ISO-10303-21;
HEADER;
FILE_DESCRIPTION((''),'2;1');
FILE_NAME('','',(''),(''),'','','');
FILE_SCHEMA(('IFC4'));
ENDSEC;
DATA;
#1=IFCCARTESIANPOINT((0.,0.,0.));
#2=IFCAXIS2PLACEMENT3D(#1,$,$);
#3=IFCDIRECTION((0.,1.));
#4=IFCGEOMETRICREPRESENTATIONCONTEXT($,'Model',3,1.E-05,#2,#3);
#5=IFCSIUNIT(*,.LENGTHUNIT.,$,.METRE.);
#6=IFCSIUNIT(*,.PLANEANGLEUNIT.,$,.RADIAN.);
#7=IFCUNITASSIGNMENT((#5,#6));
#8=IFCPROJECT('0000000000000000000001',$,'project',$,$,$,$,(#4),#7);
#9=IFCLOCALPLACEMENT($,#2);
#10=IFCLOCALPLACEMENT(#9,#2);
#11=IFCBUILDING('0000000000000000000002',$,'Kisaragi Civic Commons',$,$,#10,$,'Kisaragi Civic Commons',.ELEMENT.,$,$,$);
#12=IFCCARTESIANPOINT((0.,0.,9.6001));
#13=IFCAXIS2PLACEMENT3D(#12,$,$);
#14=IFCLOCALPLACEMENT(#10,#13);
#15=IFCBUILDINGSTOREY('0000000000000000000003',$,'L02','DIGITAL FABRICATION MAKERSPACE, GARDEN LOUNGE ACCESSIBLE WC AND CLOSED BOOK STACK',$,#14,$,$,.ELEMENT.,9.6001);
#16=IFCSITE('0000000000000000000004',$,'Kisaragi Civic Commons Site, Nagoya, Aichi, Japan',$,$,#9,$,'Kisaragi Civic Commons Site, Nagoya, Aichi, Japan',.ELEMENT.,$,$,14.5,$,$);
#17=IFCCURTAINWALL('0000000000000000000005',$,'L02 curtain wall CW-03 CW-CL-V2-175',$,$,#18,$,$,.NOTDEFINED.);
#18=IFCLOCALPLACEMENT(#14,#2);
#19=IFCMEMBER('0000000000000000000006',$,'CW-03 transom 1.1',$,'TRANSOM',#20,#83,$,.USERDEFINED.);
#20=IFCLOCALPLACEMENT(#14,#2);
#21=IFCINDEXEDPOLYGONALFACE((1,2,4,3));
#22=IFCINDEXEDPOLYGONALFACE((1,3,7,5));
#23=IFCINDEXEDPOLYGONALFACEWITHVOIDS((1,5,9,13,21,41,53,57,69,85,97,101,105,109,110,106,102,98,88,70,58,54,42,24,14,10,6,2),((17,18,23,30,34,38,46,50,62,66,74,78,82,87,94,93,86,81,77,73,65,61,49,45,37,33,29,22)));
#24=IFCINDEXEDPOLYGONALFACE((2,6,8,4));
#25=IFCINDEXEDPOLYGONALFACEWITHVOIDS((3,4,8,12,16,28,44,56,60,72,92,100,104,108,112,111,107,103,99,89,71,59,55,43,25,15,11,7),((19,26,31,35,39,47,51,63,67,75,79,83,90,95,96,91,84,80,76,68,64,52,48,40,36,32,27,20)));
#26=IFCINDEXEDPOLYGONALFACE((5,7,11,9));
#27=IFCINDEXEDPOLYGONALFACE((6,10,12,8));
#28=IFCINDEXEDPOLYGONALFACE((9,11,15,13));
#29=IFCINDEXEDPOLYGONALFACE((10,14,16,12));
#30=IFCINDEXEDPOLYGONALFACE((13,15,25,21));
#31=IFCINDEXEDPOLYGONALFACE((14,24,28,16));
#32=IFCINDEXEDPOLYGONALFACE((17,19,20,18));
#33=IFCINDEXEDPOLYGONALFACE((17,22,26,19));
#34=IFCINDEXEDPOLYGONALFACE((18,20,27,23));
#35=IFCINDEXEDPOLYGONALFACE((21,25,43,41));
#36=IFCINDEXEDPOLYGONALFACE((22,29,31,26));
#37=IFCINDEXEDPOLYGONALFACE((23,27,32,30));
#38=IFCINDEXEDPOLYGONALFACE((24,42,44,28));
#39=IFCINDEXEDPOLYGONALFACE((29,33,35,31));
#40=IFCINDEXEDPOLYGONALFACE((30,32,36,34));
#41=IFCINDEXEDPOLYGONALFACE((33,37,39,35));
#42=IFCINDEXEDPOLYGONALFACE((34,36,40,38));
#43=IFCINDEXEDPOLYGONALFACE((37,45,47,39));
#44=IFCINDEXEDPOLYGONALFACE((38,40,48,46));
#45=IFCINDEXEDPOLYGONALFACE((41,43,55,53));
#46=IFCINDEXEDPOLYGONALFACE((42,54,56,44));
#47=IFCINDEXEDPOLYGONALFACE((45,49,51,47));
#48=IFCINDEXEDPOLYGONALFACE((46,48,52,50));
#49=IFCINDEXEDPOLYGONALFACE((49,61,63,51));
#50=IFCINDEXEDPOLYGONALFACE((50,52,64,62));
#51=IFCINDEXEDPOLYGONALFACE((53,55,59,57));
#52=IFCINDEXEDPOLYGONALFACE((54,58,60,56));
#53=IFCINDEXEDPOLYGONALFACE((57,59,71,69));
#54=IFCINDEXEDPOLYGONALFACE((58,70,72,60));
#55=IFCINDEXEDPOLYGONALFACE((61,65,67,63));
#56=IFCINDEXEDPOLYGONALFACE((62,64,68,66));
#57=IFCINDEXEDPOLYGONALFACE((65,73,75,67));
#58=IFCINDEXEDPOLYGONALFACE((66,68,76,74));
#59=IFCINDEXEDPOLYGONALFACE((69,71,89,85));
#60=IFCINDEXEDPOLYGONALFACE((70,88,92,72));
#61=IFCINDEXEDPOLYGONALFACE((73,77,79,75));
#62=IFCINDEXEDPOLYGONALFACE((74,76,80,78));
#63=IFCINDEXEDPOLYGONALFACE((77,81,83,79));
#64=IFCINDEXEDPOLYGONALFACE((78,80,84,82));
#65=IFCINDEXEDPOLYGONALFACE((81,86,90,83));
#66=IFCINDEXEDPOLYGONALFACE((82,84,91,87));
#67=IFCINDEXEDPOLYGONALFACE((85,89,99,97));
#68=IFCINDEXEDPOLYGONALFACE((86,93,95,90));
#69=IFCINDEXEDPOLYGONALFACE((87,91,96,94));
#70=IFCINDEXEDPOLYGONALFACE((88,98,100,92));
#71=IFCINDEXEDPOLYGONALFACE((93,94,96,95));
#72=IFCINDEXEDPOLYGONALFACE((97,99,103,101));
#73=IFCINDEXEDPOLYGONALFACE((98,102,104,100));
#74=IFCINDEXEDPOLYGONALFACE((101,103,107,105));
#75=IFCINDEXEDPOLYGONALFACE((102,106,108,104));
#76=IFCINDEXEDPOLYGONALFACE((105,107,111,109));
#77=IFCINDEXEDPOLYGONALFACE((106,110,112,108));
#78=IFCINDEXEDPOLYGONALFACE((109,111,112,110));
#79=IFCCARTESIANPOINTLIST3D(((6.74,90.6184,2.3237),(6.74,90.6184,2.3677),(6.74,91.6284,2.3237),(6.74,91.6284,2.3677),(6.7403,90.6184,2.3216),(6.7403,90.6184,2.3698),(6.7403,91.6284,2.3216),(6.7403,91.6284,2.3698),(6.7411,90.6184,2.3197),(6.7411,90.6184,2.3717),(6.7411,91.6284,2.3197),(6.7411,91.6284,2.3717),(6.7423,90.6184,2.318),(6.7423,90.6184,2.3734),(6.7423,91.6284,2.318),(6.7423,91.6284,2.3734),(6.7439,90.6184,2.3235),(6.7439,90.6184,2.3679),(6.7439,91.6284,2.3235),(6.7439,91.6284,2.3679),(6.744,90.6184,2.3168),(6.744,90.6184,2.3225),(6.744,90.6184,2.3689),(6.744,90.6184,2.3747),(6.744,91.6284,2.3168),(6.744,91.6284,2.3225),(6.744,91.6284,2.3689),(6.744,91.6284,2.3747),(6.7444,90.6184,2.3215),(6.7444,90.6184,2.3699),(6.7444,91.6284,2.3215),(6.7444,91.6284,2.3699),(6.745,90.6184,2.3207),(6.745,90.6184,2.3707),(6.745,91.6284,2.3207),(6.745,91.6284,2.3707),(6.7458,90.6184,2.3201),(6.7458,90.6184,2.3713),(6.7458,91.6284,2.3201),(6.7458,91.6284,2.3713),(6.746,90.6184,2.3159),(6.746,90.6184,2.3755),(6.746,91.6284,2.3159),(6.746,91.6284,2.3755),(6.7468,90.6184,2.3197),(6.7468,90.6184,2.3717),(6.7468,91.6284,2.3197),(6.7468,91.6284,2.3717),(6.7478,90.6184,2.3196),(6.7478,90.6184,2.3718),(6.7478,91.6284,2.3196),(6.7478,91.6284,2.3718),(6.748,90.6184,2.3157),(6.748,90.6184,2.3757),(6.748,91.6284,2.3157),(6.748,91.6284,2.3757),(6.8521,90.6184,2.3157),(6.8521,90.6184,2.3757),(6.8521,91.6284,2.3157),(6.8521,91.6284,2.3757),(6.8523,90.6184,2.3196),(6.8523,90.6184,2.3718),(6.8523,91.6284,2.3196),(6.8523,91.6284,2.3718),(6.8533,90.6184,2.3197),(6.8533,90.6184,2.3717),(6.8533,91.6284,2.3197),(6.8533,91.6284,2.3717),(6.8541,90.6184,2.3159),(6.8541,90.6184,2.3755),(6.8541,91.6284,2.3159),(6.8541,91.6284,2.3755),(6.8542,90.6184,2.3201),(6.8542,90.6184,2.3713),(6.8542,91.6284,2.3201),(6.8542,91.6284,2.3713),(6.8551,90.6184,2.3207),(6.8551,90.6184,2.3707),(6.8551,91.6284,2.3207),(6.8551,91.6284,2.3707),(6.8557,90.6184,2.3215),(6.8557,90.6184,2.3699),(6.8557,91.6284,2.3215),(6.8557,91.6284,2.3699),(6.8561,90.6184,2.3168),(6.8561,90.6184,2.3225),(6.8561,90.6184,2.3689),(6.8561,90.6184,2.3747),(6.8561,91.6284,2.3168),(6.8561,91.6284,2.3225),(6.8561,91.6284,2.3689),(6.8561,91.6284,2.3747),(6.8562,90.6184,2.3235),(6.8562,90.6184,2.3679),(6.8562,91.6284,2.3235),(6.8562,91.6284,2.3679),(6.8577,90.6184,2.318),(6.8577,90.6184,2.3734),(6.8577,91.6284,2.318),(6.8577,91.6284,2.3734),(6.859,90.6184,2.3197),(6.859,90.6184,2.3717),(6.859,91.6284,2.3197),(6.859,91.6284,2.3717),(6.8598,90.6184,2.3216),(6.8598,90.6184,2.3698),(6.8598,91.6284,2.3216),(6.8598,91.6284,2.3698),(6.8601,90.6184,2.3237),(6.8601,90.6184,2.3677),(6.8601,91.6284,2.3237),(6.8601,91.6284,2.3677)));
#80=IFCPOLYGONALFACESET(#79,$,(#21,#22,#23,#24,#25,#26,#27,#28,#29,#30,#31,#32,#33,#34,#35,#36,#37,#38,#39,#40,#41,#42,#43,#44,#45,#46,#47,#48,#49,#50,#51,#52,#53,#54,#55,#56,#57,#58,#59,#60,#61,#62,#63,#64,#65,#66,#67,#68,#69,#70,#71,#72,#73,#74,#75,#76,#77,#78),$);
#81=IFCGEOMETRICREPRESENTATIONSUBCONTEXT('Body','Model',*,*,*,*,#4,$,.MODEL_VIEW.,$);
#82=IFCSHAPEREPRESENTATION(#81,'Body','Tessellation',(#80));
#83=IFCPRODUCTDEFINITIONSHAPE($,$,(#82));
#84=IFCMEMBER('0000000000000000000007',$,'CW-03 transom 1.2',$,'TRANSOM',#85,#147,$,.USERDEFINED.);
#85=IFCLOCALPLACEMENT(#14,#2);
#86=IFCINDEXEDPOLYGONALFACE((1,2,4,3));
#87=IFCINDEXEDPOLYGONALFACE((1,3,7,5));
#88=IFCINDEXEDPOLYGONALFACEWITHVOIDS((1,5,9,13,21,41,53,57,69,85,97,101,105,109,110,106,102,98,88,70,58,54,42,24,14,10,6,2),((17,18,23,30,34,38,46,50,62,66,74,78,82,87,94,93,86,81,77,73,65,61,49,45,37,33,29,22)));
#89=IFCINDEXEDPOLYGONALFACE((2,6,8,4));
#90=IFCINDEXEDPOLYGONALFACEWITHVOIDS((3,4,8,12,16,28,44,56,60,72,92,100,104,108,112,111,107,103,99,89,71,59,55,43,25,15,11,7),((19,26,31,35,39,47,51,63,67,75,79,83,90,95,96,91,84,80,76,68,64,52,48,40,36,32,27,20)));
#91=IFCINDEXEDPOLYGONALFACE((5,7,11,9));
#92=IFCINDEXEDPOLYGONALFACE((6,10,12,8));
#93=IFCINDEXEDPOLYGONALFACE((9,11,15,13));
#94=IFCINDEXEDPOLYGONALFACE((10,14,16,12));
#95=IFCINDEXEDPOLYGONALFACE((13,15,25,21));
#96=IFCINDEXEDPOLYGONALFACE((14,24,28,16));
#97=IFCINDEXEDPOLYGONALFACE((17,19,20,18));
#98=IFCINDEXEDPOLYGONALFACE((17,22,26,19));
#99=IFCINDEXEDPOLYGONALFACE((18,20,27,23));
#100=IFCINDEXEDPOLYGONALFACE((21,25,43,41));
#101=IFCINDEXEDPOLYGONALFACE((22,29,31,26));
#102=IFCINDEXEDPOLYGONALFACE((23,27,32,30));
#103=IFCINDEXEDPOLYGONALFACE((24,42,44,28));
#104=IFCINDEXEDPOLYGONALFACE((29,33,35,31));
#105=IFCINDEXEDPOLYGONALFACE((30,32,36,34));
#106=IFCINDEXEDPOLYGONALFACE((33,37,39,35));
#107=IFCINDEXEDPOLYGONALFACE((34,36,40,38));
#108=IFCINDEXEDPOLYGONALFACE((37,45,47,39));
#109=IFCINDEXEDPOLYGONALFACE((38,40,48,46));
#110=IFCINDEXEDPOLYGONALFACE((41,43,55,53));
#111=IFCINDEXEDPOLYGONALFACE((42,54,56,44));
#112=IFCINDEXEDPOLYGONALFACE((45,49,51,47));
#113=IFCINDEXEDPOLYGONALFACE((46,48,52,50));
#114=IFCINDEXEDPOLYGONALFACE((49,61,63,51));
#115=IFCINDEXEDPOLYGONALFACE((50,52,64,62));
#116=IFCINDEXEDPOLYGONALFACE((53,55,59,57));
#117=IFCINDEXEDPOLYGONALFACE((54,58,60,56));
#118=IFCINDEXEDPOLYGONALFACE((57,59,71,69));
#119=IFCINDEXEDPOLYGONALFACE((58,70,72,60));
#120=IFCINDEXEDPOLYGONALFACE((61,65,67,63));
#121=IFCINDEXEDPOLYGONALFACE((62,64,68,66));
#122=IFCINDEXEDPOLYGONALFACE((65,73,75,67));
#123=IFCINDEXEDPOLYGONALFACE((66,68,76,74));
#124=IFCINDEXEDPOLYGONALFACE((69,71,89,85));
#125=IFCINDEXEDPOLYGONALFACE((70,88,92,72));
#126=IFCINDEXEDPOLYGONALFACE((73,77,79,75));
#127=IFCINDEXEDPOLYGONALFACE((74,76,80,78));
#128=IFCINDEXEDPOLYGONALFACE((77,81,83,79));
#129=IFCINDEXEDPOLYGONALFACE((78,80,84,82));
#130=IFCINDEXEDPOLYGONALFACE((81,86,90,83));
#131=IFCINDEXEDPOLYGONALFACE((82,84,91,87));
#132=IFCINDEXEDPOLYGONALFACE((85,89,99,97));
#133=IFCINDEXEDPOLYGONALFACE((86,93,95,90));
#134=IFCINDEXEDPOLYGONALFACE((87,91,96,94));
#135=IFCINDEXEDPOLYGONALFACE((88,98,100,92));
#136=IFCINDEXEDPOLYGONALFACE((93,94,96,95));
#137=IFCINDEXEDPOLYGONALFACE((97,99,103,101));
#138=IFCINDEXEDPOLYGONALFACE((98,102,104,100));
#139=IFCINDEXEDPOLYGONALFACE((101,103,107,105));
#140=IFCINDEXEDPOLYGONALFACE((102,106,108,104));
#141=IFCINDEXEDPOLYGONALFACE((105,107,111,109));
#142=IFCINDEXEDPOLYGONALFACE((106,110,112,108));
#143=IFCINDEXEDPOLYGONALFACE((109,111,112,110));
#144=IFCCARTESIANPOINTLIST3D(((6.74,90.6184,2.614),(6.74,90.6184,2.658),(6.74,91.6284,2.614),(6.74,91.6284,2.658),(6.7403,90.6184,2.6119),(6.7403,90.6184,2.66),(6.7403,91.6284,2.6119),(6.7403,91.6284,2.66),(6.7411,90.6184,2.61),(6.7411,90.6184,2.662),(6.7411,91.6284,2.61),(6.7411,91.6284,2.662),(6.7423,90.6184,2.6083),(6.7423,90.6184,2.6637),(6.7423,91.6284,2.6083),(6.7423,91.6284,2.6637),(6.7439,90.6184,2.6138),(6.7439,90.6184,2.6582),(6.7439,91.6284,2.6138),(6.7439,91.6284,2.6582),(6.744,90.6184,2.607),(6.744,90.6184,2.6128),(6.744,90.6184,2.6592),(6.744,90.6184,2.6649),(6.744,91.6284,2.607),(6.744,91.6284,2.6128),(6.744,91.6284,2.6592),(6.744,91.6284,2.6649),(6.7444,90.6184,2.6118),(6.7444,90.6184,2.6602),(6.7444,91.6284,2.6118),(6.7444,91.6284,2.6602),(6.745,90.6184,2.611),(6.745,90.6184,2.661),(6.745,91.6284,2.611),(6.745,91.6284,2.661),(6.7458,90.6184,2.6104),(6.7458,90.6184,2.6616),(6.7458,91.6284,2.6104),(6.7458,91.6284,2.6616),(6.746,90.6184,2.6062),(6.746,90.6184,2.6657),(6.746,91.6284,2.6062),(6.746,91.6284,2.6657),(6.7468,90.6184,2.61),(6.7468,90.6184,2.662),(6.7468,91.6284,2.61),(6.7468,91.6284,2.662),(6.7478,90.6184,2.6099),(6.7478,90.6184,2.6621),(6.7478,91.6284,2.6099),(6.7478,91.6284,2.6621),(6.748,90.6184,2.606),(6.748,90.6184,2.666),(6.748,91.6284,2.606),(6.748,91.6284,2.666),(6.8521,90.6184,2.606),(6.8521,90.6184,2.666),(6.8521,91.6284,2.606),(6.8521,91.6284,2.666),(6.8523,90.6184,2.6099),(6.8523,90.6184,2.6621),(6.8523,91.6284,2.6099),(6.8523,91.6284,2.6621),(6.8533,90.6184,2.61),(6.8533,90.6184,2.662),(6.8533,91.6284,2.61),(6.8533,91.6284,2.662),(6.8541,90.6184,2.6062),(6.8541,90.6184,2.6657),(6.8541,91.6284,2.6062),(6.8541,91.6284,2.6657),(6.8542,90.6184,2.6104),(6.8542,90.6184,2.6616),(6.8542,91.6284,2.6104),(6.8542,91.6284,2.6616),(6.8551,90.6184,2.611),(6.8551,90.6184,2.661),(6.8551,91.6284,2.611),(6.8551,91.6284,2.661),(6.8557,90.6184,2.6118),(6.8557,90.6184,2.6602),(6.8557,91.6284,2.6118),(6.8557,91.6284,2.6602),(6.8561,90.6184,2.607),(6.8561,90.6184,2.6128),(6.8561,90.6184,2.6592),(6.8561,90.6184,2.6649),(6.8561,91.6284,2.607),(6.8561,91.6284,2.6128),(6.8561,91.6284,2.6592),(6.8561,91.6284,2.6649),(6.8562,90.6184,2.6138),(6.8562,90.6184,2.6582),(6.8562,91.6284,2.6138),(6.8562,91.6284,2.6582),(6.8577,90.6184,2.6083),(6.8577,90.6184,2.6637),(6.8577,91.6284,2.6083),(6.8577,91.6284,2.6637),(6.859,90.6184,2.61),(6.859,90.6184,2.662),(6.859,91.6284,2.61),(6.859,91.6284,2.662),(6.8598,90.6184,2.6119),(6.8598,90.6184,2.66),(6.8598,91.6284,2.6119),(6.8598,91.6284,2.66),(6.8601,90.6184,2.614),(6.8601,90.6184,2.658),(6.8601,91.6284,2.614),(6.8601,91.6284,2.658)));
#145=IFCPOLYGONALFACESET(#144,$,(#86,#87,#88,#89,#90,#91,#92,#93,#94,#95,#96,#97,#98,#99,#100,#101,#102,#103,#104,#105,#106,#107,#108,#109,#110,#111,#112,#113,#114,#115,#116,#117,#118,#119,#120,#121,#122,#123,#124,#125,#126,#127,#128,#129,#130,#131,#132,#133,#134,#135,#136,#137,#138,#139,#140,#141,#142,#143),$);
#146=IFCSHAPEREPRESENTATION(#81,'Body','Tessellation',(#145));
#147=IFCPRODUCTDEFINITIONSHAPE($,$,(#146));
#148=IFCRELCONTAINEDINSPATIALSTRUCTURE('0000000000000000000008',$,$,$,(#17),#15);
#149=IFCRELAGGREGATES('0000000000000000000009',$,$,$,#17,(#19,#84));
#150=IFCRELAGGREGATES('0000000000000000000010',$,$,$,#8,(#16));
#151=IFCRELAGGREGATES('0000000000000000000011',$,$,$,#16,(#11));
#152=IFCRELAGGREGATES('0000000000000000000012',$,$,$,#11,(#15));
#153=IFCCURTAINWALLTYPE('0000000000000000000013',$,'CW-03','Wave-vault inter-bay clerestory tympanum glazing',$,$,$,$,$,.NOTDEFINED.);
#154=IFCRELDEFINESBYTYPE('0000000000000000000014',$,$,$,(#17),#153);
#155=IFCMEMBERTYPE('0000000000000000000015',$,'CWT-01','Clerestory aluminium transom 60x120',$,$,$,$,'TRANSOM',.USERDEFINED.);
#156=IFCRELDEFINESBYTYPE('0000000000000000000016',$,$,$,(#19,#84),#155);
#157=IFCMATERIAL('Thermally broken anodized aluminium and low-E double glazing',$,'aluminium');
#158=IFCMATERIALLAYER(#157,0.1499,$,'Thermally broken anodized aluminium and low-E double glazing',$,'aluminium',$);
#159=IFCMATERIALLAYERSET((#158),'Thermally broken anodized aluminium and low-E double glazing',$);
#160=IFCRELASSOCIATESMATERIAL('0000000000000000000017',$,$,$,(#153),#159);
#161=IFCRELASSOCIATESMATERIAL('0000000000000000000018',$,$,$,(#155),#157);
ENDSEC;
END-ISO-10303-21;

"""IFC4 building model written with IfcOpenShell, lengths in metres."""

from ifc_helpers import new_model, si_unit, direction, frame, origin, origin_2d, place, context, subcontext, project, spatial, hollow_rectangle, extrude, material, layer, layer_set, material_profile, profile_set, type_object, element, aggregate, save


model = new_model("IFC4")

# Units and contexts
model_context = context("Model", 3, precision=1e-05, world=origin(), true_north=direction((0.0, 1.0)))
body_context = subcontext(model_context, "Body", "Model", "MODEL_VIEW")
ifc_project = project(units=[si_unit("LENGTHUNIT", "METRE"), si_unit("PLANEANGLEUNIT", "RADIAN")], contexts=[model_context])

# Site, building, storey
site_placement = place(None, origin())
site = spatial("IfcSite", under=ifc_project, at=site_placement, Name="Kisaragi Civic Commons Site, Nagoya, Aichi, Japan", LongName="Kisaragi Civic Commons Site, Nagoya, Aichi, Japan", CompositionType="ELEMENT", RefElevation=14.5)
building_placement = place(site_placement, origin())
building = spatial("IfcBuilding", under=site, at=building_placement, Name="Kisaragi Civic Commons", LongName="Kisaragi Civic Commons", CompositionType="ELEMENT")
storey_placement = place(building_placement, frame((0.0, 0.0, 9.6001)))
storey = spatial("IfcBuildingStorey", under=building, at=storey_placement, Name="L02", Description="DIGITAL FABRICATION MAKERSPACE, GARDEN LOUNGE ACCESSIBLE WC AND CLOSED BOOK STACK", CompositionType="ELEMENT", Elevation=9.6001)

# Curtain wall
ifc_material_1 = material(Name="Thermally broken anodized aluminium and low-E double glazing", Category="aluminium")
ifc_layer_1 = layer(ifc_material_1, 0.1499, Name="Thermally broken anodized aluminium and low-E double glazing", Category="aluminium")
ifc_layer_set_1 = layer_set([ifc_layer_1], Name="Thermally broken anodized aluminium and low-E double glazing")
curtain_wall_type = type_object("IfcCurtainWallType", Name="CW-03", Description="Wave-vault inter-bay clerestory tympanum glazing", PredefinedType="NOTDEFINED", material=ifc_layer_set_1)
curtain_wall_1_placement = place(storey_placement, origin())
curtain_wall_1 = element("IfcCurtainWall", 1, at=curtain_wall_1_placement, inside=storey, type_object=curtain_wall_type, Name="L02 curtain wall CW-03 CW-CL-V2-175", PredefinedType="NOTDEFINED")

# Members
ifc_material_profile_1 = material_profile(ifc_material_1, hollow_rectangle(XDim=0.1201, YDim=0.0601, WallThickness=0.0039, InnerFilletRadius=0.0039, OuterFilletRadius=0.0081, at=origin_2d()), Name="CWT-60x120x4", Category="aluminium")
ifc_profile_set_1 = profile_set([ifc_material_profile_1], Name="Thermally broken anodized aluminium and low-E double glazing")
member_type_1 = type_object("IfcMemberType", Name="CWT-01", Description="Clerestory aluminium transom 60x120", ElementType="TRANSOM", PredefinedType="USERDEFINED", material=ifc_profile_set_1)
member_1_placement = place(storey_placement, frame((6.8, 90.6184, 2.3457), z_axis=(0.0, 1.0, 0.0), x_axis=(-1.0, 0.0, 0.0)))
member_1 = element("IfcMember", 2, at=member_1_placement, type_object=member_type_1, Name="CW-03 transom 1.1", ObjectType="TRANSOM", PredefinedType="USERDEFINED", context=body_context, shape_type="SweptSolid", body=[
    extrude(hollow_rectangle(XDim=0.1201, YDim=0.0601, WallThickness=0.0039, InnerFilletRadius=0.0039, OuterFilletRadius=0.0081, at=origin_2d()), origin(), (0.0, 0.0, 1.0), 1.01),
])
member_2_placement = place(storey_placement, frame((6.8, 90.6184, 2.636), z_axis=(0.0, 1.0, 0.0), x_axis=(-1.0, 0.0, 0.0)))
member_2 = element("IfcMember", 3, at=member_2_placement, type_object=member_type_1, Name="CW-03 transom 1.2", ObjectType="TRANSOM", PredefinedType="USERDEFINED", context=body_context, shape_type="SweptSolid", body=[
    extrude(hollow_rectangle(XDim=0.1201, YDim=0.0601, WallThickness=0.0039, InnerFilletRadius=0.0039, OuterFilletRadius=0.0081, at=origin_2d()), origin(), (0.0, 0.0, 1.0), 1.01),
])

aggregate(curtain_wall_1, [member_1, member_2])

save(model, "model.ifc")
